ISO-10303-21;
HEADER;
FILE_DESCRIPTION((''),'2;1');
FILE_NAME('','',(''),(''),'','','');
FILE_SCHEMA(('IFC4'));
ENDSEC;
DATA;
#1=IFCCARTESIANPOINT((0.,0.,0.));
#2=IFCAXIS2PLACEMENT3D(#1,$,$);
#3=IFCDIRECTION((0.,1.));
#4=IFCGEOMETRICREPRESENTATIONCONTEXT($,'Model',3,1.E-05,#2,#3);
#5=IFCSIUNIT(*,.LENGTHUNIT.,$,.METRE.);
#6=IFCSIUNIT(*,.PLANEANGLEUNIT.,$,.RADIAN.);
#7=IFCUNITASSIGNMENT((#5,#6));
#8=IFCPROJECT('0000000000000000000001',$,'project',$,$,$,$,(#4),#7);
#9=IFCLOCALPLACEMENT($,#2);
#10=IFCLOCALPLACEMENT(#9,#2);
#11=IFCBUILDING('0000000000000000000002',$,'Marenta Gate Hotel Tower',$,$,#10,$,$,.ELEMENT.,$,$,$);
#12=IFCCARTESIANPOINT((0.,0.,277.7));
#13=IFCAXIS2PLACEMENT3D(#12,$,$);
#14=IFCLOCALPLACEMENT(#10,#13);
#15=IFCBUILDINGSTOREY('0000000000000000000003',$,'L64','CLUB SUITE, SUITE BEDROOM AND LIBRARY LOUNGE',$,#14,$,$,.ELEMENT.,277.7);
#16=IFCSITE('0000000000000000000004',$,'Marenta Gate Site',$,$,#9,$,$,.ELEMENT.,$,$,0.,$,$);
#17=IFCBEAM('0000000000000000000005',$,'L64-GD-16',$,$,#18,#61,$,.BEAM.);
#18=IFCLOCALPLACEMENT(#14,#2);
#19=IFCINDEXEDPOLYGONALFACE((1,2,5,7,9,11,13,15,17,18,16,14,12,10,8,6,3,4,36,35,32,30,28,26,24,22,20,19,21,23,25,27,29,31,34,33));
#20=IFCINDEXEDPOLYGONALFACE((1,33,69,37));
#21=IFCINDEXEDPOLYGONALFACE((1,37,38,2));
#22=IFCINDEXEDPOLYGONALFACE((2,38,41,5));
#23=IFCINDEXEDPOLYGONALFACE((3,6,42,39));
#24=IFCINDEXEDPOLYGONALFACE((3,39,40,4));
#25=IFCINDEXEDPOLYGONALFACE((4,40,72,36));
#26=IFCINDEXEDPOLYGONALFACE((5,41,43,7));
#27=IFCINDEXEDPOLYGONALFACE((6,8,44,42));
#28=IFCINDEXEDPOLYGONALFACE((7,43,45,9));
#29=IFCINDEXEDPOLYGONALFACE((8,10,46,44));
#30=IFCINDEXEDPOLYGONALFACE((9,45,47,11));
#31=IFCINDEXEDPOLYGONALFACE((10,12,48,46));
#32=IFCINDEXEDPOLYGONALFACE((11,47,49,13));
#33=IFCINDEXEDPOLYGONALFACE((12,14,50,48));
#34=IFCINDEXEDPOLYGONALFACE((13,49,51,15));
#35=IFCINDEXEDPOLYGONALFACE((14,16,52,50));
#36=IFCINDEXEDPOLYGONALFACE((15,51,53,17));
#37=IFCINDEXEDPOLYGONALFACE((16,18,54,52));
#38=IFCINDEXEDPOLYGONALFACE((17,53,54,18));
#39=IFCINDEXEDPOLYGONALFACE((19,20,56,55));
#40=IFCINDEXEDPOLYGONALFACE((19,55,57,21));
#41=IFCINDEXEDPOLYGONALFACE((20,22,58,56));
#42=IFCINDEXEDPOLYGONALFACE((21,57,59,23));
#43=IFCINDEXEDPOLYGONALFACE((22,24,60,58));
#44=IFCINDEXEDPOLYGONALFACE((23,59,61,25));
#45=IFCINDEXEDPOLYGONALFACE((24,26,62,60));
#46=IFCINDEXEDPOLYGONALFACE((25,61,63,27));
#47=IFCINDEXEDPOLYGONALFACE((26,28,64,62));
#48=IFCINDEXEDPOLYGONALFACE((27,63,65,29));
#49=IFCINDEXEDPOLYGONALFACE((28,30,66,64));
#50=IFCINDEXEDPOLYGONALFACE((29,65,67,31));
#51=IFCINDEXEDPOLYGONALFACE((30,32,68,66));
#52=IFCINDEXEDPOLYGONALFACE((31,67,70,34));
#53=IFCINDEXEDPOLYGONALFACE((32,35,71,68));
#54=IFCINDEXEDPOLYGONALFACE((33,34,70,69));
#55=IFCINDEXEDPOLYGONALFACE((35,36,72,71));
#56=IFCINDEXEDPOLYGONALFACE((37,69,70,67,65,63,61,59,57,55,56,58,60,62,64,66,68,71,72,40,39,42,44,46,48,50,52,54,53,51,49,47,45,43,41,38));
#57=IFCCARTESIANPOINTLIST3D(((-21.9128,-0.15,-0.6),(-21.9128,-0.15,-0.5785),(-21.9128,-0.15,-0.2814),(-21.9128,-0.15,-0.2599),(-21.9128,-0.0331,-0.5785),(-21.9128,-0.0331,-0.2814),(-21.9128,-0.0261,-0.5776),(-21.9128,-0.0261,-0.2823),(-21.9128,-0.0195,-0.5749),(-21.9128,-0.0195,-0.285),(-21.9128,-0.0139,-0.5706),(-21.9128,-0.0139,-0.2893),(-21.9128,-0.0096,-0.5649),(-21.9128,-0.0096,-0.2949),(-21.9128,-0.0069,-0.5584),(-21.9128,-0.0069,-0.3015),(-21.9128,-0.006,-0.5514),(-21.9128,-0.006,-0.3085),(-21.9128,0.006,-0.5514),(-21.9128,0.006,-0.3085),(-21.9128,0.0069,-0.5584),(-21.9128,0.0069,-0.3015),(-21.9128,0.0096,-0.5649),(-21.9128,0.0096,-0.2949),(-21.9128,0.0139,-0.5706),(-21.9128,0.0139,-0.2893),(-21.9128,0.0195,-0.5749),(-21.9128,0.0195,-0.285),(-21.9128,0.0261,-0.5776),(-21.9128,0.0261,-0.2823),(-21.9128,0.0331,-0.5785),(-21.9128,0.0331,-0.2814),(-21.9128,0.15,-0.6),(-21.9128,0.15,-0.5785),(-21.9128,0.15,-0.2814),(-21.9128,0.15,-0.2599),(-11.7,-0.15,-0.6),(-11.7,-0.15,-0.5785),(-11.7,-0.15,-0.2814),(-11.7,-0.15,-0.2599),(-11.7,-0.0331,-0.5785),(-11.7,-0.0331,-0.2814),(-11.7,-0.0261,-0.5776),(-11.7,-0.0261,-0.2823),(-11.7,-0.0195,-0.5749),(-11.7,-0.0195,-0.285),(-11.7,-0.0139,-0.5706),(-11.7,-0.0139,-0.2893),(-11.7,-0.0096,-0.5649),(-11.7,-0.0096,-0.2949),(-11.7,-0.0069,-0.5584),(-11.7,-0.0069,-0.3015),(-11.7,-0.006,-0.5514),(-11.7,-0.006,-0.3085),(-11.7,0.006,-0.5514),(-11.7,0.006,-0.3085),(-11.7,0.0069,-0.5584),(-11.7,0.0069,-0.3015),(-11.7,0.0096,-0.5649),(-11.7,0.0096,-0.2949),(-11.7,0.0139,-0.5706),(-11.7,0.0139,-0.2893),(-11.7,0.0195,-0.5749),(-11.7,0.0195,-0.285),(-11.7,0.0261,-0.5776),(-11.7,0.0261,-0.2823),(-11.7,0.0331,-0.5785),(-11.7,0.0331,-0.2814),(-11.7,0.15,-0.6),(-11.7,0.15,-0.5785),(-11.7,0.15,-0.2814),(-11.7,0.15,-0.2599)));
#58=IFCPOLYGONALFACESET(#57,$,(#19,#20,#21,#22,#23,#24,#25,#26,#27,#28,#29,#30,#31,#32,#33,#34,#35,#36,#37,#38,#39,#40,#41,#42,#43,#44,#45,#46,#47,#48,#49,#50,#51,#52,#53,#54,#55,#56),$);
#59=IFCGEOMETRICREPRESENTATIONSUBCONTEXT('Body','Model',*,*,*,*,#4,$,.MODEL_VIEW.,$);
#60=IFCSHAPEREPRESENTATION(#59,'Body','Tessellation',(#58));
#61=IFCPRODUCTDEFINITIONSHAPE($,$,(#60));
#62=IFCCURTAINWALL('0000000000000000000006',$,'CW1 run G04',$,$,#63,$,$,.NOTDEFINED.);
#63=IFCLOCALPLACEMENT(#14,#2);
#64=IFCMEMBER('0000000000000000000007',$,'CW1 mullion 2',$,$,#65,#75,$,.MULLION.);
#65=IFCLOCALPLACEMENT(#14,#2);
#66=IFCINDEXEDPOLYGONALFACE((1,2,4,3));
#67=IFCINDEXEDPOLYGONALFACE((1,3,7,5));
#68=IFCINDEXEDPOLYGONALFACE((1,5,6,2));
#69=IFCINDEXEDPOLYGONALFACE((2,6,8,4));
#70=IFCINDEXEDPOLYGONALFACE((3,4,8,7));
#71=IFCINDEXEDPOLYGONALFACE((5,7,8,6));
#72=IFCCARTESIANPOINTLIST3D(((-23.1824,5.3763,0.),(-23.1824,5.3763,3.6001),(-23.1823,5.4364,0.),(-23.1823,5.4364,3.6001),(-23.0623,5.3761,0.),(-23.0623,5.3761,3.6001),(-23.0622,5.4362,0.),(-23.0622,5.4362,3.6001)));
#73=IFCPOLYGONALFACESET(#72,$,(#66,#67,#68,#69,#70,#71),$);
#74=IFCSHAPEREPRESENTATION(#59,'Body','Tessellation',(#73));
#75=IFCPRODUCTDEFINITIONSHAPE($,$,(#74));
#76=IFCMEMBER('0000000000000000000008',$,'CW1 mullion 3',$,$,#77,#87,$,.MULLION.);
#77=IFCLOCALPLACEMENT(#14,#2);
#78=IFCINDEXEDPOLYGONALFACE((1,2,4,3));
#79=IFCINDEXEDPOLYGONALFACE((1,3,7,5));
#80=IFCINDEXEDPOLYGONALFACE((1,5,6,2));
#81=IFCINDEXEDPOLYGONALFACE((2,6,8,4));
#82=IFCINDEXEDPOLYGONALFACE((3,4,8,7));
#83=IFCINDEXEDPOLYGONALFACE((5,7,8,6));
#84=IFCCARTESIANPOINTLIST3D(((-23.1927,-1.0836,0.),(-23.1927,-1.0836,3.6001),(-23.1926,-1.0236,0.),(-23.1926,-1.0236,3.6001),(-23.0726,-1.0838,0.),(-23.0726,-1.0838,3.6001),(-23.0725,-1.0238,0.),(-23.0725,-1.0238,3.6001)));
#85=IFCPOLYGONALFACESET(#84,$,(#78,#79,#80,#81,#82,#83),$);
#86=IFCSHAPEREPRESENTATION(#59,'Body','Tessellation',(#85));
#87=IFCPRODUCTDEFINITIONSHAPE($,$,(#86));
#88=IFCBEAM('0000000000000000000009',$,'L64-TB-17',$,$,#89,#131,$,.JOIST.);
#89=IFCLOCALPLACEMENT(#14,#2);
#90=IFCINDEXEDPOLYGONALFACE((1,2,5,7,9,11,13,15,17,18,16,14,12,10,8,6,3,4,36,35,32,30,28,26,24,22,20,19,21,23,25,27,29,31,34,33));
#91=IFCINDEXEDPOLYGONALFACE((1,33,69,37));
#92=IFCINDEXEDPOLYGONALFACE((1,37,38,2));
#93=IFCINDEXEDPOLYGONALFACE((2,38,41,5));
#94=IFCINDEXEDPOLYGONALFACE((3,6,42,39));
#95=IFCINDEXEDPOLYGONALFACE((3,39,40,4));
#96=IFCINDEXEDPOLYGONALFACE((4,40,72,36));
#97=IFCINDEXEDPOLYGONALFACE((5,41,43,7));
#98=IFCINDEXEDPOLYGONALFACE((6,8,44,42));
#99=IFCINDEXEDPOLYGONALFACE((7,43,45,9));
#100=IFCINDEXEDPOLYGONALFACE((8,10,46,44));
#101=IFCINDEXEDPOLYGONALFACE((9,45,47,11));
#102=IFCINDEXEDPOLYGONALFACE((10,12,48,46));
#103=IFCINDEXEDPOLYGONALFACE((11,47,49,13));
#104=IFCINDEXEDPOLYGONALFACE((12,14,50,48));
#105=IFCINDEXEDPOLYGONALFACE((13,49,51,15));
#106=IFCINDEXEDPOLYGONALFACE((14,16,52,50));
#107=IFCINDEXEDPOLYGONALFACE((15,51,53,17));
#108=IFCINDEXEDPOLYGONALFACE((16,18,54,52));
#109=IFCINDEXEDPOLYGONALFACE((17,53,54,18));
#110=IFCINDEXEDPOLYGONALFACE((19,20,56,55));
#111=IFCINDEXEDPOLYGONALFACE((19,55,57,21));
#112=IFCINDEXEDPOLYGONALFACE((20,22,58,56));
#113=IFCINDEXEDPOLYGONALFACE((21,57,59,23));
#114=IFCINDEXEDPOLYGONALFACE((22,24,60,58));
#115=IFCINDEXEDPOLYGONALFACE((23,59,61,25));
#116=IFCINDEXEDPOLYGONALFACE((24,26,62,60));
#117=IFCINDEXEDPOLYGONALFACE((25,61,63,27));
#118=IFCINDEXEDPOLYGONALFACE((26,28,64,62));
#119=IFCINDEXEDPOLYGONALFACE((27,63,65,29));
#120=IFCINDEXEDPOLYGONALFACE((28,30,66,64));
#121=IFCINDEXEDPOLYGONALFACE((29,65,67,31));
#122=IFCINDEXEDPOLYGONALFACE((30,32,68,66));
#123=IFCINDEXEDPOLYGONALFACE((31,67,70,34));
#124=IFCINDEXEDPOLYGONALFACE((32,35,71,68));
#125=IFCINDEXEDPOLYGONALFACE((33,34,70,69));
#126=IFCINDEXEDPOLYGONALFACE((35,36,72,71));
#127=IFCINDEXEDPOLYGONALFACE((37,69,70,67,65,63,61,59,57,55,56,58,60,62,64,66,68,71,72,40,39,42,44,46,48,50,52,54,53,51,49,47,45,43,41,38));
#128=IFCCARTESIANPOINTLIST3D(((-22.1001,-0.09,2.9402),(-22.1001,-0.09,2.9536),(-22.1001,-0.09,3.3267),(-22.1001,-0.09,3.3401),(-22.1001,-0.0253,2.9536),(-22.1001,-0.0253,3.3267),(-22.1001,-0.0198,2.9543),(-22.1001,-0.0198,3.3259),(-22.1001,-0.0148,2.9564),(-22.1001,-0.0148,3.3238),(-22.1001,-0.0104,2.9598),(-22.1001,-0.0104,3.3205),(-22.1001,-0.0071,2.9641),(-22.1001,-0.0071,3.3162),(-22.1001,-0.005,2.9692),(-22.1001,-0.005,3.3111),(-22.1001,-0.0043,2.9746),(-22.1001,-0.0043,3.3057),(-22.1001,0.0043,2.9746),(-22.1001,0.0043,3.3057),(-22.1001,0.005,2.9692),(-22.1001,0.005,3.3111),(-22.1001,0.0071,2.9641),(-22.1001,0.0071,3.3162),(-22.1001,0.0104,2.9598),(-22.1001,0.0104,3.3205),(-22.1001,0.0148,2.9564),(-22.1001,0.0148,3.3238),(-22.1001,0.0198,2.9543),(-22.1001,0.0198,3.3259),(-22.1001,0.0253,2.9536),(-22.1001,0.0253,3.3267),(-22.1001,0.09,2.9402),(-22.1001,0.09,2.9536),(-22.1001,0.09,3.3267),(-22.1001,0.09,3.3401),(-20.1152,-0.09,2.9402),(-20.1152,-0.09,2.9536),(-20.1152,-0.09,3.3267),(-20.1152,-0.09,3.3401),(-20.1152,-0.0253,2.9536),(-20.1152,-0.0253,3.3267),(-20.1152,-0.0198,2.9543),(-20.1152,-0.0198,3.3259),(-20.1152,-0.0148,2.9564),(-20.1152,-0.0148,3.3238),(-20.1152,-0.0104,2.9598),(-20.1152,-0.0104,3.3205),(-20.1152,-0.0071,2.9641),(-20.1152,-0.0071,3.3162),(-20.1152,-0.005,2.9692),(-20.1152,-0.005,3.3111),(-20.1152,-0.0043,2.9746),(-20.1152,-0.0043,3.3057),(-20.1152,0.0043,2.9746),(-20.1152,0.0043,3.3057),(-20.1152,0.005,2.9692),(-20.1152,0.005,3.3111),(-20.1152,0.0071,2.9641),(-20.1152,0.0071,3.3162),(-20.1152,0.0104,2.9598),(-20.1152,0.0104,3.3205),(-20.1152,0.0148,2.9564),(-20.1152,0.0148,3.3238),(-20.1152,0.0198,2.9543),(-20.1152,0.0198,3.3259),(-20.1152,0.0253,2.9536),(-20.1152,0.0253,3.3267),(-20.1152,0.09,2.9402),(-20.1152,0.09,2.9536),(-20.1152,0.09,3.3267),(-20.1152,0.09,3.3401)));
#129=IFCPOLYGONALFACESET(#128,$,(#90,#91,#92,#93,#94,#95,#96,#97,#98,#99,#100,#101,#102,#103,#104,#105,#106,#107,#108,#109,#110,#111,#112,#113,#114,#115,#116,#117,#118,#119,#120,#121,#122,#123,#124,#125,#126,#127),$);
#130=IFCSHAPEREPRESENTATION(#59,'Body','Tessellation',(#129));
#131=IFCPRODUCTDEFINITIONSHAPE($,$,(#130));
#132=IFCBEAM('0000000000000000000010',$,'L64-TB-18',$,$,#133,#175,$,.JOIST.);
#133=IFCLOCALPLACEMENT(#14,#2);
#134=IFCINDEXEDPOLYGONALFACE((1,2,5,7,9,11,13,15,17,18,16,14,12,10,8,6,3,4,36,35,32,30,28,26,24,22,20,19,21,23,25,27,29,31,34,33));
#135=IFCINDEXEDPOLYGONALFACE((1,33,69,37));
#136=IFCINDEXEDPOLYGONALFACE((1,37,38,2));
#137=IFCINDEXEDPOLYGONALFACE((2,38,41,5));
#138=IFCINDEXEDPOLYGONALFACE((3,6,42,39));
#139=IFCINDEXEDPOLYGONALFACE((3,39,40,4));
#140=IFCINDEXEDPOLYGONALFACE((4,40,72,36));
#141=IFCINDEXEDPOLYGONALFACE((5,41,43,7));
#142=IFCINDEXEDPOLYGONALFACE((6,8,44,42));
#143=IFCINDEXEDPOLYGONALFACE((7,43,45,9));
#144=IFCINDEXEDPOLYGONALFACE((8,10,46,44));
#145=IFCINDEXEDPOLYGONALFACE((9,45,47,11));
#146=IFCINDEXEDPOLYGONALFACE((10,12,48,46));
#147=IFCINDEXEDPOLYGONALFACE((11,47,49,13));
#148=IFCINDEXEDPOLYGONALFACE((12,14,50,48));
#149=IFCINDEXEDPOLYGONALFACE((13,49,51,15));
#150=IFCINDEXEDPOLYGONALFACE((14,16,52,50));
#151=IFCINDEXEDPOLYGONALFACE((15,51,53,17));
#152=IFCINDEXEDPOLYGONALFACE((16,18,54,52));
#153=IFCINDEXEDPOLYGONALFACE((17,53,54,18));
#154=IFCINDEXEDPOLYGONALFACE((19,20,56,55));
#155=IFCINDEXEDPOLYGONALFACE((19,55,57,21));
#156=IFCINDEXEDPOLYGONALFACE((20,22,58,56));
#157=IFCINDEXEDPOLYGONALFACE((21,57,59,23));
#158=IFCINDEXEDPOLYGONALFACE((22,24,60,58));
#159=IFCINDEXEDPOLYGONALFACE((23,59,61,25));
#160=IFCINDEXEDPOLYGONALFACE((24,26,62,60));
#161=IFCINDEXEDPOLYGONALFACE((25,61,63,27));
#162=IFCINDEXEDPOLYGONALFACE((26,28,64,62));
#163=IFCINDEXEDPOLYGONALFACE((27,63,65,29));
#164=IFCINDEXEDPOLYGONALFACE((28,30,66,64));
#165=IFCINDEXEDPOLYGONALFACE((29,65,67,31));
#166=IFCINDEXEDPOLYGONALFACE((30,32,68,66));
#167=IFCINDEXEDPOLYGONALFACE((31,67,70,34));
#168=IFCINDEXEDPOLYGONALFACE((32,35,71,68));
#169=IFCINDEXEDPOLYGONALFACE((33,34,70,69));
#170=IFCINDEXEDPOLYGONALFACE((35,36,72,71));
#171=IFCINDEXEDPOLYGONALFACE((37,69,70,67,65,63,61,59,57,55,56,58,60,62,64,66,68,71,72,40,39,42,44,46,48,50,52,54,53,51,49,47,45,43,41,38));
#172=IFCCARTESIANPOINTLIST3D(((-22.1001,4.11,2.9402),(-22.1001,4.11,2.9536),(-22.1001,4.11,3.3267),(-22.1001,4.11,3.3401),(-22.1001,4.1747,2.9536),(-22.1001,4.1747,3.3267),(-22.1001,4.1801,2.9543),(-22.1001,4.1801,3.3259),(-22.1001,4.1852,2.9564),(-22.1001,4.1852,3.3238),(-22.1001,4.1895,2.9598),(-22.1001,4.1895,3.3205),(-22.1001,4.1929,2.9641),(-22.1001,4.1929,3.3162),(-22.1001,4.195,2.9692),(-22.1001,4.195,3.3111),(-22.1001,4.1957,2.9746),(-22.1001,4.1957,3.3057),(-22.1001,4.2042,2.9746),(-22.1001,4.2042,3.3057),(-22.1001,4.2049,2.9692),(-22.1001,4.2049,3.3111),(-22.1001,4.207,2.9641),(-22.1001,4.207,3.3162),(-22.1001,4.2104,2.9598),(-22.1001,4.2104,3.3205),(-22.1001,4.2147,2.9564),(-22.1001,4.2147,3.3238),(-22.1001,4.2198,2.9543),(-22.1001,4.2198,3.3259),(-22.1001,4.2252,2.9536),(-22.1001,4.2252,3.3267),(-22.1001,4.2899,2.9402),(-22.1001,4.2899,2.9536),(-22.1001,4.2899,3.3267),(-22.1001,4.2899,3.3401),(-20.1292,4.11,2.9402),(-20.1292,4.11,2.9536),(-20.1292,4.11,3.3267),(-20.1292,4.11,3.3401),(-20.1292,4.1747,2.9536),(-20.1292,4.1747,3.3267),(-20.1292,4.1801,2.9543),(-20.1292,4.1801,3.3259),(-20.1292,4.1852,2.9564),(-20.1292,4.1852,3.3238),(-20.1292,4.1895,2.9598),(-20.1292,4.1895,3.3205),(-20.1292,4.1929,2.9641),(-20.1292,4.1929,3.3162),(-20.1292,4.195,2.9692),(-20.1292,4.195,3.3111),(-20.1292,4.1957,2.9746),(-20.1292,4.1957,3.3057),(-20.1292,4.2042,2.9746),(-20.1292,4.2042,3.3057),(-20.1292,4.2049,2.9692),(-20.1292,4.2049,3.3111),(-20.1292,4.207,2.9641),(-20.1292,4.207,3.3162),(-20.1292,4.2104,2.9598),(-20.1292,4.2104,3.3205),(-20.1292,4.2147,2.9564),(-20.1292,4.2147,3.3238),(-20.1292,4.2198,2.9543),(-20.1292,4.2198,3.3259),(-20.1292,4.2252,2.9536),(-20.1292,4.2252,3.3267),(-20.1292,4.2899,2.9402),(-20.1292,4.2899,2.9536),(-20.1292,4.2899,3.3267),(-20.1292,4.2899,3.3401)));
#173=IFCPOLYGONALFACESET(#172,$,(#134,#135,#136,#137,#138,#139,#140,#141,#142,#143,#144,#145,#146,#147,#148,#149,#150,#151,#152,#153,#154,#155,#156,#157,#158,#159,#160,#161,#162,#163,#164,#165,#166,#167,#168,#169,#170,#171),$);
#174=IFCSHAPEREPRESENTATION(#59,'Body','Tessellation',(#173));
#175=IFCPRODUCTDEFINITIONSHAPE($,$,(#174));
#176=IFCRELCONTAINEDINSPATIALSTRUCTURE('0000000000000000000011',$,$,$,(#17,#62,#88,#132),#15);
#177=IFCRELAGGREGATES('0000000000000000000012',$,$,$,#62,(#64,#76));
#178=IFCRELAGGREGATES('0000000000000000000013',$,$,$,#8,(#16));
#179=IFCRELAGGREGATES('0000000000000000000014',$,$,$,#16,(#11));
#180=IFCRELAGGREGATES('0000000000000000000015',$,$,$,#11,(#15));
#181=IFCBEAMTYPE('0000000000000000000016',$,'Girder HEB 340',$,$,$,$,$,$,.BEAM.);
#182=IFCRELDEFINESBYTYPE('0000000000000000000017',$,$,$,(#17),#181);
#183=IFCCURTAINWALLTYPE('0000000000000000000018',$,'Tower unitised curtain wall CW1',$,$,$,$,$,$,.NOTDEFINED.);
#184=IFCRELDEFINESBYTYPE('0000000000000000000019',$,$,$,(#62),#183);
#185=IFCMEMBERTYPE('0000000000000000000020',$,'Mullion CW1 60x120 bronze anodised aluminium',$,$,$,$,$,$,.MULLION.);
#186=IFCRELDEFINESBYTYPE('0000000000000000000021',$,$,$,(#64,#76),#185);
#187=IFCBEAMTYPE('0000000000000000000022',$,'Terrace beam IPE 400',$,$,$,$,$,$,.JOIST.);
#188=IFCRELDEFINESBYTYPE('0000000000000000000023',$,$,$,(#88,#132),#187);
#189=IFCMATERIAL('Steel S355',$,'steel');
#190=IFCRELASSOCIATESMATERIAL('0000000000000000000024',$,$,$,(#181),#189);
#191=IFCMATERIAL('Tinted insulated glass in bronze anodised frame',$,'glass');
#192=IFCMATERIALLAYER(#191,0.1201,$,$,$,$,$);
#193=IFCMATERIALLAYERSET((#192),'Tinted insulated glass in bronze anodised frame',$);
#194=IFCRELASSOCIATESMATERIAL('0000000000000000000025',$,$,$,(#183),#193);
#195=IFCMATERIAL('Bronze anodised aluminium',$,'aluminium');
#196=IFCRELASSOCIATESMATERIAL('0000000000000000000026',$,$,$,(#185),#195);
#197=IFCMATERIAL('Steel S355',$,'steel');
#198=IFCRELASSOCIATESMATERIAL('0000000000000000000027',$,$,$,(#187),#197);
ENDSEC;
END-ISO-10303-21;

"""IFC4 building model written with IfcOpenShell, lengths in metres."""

from ifc_helpers import new_model, si_unit, direction, frame, origin, origin_2d, place, context, subcontext, project, spatial, rectangle, i_section, extrude, material, layer, layer_set, material_profile, profile_set, type_object, element, aggregate, save


model = new_model("IFC4")

# Units and contexts
model_context = context("Model", 3, precision=1e-05, world=origin(), true_north=direction((0.0, 1.0)))
body_context = subcontext(model_context, "Body", "Model", "MODEL_VIEW")
ifc_project = project(units=[si_unit("LENGTHUNIT", "METRE"), si_unit("PLANEANGLEUNIT", "RADIAN")], contexts=[model_context])

# Site, building, storey
site_placement = place(None, origin())
site = spatial("IfcSite", under=ifc_project, at=site_placement, Name="Marenta Gate Site", CompositionType="ELEMENT", RefElevation=0.0)
building_placement = place(site_placement, origin())
building = spatial("IfcBuilding", under=site, at=building_placement, Name="Marenta Gate Hotel Tower", CompositionType="ELEMENT")
storey_placement = place(building_placement, frame((0.0, 0.0, 277.7)))
storey = spatial("IfcBuildingStorey", under=building, at=storey_placement, Name="L64", Description="CLUB SUITE, SUITE BEDROOM AND LIBRARY LOUNGE", CompositionType="ELEMENT", Elevation=277.7)

# Beam
ifc_material_1 = material(Name="Steel S355", Category="steel")
ifc_material_profile_1 = material_profile(ifc_material_1, i_section(OverallWidth=0.3, OverallDepth=0.3401, WebThickness=0.012, FlangeThickness=0.0215, FilletRadius=0.0271, at=origin_2d()), Name="HEB 340")
ifc_profile_set_1 = profile_set([ifc_material_profile_1], Name="Steel S355")
beam_type_1 = type_object("IfcBeamType", Name="Girder HEB 340", PredefinedType="BEAM", material=ifc_profile_set_1)
beam_1_placement = place(storey_placement, frame((-21.9128, 0.0, -0.4299), z_axis=(1.0, 0.0, 0.0), x_axis=(0.0, 1.0, 0.0)))
element("IfcBeam", 1, at=beam_1_placement, inside=storey, type_object=beam_type_1, Name="L64-GD-16", PredefinedType="BEAM", context=body_context, shape_type="SweptSolid", body=[
    extrude(i_section(OverallWidth=0.3, OverallDepth=0.3401, WebThickness=0.012, FlangeThickness=0.0215, FilletRadius=0.0271, at=origin_2d()), origin(), (0.0, 0.0, 1.0), 10.2129),
])

# Curtain wall, members
ifc_material_2 = material(Name="Tinted insulated glass in bronze anodised frame", Category="glass")
ifc_layer_1 = layer(ifc_material_2, 0.1201)
ifc_layer_set_1 = layer_set([ifc_layer_1], Name="Tinted insulated glass in bronze anodised frame")
curtain_wall_type = type_object("IfcCurtainWallType", Name="Tower unitised curtain wall CW1", PredefinedType="NOTDEFINED", material=ifc_layer_set_1)
curtain_wall_placement = place(storey_placement, origin())
curtain_wall = element("IfcCurtainWall", 2, at=curtain_wall_placement, inside=storey, type_object=curtain_wall_type, Name="CW1 run G04", PredefinedType="NOTDEFINED")
ifc_material_3 = material(Name="Bronze anodised aluminium", Category="aluminium")
ifc_material_profile_2 = material_profile(ifc_material_3, rectangle(XDim=0.1201, YDim=0.0601, at=origin_2d()), Name="Mullion CW1 60x120 bronze anodised aluminium")
ifc_profile_set_2 = profile_set([ifc_material_profile_2], Name="Bronze anodised aluminium")
member_type_1 = type_object("IfcMemberType", Name="Mullion CW1 60x120 bronze anodised aluminium", PredefinedType="MULLION", material=ifc_profile_set_2)
member_1_placement = place(storey_placement, frame((-23.1223, 5.4062, 0.0), z_axis=(0.0, 0.0, 1.0), x_axis=(0.999999, -0.001566, 0.0)))
member_1 = element("IfcMember", 3, at=member_1_placement, type_object=member_type_1, Name="CW1 mullion 2", PredefinedType="MULLION", context=body_context, shape_type="SweptSolid", body=[
    extrude(rectangle(XDim=0.1201, YDim=0.0601, at=origin_2d()), origin(), (0.0, 0.0, 1.0), 3.6001),
])
member_2_placement = place(storey_placement, frame((-23.1326, -1.0537, 0.0), z_axis=(0.0, 0.0, 1.0), x_axis=(0.999999, -0.001566, 0.0)))
member_2 = element("IfcMember", 4, at=member_2_placement, type_object=member_type_1, Name="CW1 mullion 3", PredefinedType="MULLION", context=body_context, shape_type="SweptSolid", body=[
    extrude(rectangle(XDim=0.1201, YDim=0.0601, at=origin_2d()), origin(), (0.0, 0.0, 1.0), 3.6001),
])

# Beams
ifc_material_4 = material(Name="Steel S355", Category="steel")
ifc_material_profile_3 = material_profile(ifc_material_4, i_section(OverallWidth=0.1799, OverallDepth=0.3999, WebThickness=0.0085, FlangeThickness=0.0134, FilletRadius=0.021, at=origin_2d()), Name="IPE 400")
ifc_profile_set_3 = profile_set([ifc_material_profile_3], Name="Steel S355")
beam_type_2 = type_object("IfcBeamType", Name="Terrace beam IPE 400", PredefinedType="JOIST", material=ifc_profile_set_3)
beam_2_placement = place(storey_placement, frame((-22.1001, 0.0, 3.1401), z_axis=(1.0, 0.0, 0.0), x_axis=(0.0, 1.0, 0.0)))
element("IfcBeam", 5, at=beam_2_placement, inside=storey, type_object=beam_type_2, Name="L64-TB-17", PredefinedType="JOIST", context=body_context, shape_type="SweptSolid", body=[
    extrude(i_section(OverallWidth=0.1799, OverallDepth=0.3999, WebThickness=0.0085, FlangeThickness=0.0134, FilletRadius=0.021, at=origin_2d()), origin(), (0.0, 0.0, 1.0), 1.9849),
])
beam_3_placement = place(storey_placement, frame((-22.1001, 4.2, 3.1401), z_axis=(1.0, 0.0, 0.0), x_axis=(0.0, 1.0, 0.0)))
element("IfcBeam", 6, at=beam_3_placement, inside=storey, type_object=beam_type_2, Name="L64-TB-18", PredefinedType="JOIST", context=body_context, shape_type="SweptSolid", body=[
    extrude(i_section(OverallWidth=0.1799, OverallDepth=0.3999, WebThickness=0.0085, FlangeThickness=0.0134, FilletRadius=0.021, at=origin_2d()), origin(), (0.0, 0.0, 1.0), 1.9709),
])

aggregate(curtain_wall, [member_1, member_2])

save(model, "model.ifc")
